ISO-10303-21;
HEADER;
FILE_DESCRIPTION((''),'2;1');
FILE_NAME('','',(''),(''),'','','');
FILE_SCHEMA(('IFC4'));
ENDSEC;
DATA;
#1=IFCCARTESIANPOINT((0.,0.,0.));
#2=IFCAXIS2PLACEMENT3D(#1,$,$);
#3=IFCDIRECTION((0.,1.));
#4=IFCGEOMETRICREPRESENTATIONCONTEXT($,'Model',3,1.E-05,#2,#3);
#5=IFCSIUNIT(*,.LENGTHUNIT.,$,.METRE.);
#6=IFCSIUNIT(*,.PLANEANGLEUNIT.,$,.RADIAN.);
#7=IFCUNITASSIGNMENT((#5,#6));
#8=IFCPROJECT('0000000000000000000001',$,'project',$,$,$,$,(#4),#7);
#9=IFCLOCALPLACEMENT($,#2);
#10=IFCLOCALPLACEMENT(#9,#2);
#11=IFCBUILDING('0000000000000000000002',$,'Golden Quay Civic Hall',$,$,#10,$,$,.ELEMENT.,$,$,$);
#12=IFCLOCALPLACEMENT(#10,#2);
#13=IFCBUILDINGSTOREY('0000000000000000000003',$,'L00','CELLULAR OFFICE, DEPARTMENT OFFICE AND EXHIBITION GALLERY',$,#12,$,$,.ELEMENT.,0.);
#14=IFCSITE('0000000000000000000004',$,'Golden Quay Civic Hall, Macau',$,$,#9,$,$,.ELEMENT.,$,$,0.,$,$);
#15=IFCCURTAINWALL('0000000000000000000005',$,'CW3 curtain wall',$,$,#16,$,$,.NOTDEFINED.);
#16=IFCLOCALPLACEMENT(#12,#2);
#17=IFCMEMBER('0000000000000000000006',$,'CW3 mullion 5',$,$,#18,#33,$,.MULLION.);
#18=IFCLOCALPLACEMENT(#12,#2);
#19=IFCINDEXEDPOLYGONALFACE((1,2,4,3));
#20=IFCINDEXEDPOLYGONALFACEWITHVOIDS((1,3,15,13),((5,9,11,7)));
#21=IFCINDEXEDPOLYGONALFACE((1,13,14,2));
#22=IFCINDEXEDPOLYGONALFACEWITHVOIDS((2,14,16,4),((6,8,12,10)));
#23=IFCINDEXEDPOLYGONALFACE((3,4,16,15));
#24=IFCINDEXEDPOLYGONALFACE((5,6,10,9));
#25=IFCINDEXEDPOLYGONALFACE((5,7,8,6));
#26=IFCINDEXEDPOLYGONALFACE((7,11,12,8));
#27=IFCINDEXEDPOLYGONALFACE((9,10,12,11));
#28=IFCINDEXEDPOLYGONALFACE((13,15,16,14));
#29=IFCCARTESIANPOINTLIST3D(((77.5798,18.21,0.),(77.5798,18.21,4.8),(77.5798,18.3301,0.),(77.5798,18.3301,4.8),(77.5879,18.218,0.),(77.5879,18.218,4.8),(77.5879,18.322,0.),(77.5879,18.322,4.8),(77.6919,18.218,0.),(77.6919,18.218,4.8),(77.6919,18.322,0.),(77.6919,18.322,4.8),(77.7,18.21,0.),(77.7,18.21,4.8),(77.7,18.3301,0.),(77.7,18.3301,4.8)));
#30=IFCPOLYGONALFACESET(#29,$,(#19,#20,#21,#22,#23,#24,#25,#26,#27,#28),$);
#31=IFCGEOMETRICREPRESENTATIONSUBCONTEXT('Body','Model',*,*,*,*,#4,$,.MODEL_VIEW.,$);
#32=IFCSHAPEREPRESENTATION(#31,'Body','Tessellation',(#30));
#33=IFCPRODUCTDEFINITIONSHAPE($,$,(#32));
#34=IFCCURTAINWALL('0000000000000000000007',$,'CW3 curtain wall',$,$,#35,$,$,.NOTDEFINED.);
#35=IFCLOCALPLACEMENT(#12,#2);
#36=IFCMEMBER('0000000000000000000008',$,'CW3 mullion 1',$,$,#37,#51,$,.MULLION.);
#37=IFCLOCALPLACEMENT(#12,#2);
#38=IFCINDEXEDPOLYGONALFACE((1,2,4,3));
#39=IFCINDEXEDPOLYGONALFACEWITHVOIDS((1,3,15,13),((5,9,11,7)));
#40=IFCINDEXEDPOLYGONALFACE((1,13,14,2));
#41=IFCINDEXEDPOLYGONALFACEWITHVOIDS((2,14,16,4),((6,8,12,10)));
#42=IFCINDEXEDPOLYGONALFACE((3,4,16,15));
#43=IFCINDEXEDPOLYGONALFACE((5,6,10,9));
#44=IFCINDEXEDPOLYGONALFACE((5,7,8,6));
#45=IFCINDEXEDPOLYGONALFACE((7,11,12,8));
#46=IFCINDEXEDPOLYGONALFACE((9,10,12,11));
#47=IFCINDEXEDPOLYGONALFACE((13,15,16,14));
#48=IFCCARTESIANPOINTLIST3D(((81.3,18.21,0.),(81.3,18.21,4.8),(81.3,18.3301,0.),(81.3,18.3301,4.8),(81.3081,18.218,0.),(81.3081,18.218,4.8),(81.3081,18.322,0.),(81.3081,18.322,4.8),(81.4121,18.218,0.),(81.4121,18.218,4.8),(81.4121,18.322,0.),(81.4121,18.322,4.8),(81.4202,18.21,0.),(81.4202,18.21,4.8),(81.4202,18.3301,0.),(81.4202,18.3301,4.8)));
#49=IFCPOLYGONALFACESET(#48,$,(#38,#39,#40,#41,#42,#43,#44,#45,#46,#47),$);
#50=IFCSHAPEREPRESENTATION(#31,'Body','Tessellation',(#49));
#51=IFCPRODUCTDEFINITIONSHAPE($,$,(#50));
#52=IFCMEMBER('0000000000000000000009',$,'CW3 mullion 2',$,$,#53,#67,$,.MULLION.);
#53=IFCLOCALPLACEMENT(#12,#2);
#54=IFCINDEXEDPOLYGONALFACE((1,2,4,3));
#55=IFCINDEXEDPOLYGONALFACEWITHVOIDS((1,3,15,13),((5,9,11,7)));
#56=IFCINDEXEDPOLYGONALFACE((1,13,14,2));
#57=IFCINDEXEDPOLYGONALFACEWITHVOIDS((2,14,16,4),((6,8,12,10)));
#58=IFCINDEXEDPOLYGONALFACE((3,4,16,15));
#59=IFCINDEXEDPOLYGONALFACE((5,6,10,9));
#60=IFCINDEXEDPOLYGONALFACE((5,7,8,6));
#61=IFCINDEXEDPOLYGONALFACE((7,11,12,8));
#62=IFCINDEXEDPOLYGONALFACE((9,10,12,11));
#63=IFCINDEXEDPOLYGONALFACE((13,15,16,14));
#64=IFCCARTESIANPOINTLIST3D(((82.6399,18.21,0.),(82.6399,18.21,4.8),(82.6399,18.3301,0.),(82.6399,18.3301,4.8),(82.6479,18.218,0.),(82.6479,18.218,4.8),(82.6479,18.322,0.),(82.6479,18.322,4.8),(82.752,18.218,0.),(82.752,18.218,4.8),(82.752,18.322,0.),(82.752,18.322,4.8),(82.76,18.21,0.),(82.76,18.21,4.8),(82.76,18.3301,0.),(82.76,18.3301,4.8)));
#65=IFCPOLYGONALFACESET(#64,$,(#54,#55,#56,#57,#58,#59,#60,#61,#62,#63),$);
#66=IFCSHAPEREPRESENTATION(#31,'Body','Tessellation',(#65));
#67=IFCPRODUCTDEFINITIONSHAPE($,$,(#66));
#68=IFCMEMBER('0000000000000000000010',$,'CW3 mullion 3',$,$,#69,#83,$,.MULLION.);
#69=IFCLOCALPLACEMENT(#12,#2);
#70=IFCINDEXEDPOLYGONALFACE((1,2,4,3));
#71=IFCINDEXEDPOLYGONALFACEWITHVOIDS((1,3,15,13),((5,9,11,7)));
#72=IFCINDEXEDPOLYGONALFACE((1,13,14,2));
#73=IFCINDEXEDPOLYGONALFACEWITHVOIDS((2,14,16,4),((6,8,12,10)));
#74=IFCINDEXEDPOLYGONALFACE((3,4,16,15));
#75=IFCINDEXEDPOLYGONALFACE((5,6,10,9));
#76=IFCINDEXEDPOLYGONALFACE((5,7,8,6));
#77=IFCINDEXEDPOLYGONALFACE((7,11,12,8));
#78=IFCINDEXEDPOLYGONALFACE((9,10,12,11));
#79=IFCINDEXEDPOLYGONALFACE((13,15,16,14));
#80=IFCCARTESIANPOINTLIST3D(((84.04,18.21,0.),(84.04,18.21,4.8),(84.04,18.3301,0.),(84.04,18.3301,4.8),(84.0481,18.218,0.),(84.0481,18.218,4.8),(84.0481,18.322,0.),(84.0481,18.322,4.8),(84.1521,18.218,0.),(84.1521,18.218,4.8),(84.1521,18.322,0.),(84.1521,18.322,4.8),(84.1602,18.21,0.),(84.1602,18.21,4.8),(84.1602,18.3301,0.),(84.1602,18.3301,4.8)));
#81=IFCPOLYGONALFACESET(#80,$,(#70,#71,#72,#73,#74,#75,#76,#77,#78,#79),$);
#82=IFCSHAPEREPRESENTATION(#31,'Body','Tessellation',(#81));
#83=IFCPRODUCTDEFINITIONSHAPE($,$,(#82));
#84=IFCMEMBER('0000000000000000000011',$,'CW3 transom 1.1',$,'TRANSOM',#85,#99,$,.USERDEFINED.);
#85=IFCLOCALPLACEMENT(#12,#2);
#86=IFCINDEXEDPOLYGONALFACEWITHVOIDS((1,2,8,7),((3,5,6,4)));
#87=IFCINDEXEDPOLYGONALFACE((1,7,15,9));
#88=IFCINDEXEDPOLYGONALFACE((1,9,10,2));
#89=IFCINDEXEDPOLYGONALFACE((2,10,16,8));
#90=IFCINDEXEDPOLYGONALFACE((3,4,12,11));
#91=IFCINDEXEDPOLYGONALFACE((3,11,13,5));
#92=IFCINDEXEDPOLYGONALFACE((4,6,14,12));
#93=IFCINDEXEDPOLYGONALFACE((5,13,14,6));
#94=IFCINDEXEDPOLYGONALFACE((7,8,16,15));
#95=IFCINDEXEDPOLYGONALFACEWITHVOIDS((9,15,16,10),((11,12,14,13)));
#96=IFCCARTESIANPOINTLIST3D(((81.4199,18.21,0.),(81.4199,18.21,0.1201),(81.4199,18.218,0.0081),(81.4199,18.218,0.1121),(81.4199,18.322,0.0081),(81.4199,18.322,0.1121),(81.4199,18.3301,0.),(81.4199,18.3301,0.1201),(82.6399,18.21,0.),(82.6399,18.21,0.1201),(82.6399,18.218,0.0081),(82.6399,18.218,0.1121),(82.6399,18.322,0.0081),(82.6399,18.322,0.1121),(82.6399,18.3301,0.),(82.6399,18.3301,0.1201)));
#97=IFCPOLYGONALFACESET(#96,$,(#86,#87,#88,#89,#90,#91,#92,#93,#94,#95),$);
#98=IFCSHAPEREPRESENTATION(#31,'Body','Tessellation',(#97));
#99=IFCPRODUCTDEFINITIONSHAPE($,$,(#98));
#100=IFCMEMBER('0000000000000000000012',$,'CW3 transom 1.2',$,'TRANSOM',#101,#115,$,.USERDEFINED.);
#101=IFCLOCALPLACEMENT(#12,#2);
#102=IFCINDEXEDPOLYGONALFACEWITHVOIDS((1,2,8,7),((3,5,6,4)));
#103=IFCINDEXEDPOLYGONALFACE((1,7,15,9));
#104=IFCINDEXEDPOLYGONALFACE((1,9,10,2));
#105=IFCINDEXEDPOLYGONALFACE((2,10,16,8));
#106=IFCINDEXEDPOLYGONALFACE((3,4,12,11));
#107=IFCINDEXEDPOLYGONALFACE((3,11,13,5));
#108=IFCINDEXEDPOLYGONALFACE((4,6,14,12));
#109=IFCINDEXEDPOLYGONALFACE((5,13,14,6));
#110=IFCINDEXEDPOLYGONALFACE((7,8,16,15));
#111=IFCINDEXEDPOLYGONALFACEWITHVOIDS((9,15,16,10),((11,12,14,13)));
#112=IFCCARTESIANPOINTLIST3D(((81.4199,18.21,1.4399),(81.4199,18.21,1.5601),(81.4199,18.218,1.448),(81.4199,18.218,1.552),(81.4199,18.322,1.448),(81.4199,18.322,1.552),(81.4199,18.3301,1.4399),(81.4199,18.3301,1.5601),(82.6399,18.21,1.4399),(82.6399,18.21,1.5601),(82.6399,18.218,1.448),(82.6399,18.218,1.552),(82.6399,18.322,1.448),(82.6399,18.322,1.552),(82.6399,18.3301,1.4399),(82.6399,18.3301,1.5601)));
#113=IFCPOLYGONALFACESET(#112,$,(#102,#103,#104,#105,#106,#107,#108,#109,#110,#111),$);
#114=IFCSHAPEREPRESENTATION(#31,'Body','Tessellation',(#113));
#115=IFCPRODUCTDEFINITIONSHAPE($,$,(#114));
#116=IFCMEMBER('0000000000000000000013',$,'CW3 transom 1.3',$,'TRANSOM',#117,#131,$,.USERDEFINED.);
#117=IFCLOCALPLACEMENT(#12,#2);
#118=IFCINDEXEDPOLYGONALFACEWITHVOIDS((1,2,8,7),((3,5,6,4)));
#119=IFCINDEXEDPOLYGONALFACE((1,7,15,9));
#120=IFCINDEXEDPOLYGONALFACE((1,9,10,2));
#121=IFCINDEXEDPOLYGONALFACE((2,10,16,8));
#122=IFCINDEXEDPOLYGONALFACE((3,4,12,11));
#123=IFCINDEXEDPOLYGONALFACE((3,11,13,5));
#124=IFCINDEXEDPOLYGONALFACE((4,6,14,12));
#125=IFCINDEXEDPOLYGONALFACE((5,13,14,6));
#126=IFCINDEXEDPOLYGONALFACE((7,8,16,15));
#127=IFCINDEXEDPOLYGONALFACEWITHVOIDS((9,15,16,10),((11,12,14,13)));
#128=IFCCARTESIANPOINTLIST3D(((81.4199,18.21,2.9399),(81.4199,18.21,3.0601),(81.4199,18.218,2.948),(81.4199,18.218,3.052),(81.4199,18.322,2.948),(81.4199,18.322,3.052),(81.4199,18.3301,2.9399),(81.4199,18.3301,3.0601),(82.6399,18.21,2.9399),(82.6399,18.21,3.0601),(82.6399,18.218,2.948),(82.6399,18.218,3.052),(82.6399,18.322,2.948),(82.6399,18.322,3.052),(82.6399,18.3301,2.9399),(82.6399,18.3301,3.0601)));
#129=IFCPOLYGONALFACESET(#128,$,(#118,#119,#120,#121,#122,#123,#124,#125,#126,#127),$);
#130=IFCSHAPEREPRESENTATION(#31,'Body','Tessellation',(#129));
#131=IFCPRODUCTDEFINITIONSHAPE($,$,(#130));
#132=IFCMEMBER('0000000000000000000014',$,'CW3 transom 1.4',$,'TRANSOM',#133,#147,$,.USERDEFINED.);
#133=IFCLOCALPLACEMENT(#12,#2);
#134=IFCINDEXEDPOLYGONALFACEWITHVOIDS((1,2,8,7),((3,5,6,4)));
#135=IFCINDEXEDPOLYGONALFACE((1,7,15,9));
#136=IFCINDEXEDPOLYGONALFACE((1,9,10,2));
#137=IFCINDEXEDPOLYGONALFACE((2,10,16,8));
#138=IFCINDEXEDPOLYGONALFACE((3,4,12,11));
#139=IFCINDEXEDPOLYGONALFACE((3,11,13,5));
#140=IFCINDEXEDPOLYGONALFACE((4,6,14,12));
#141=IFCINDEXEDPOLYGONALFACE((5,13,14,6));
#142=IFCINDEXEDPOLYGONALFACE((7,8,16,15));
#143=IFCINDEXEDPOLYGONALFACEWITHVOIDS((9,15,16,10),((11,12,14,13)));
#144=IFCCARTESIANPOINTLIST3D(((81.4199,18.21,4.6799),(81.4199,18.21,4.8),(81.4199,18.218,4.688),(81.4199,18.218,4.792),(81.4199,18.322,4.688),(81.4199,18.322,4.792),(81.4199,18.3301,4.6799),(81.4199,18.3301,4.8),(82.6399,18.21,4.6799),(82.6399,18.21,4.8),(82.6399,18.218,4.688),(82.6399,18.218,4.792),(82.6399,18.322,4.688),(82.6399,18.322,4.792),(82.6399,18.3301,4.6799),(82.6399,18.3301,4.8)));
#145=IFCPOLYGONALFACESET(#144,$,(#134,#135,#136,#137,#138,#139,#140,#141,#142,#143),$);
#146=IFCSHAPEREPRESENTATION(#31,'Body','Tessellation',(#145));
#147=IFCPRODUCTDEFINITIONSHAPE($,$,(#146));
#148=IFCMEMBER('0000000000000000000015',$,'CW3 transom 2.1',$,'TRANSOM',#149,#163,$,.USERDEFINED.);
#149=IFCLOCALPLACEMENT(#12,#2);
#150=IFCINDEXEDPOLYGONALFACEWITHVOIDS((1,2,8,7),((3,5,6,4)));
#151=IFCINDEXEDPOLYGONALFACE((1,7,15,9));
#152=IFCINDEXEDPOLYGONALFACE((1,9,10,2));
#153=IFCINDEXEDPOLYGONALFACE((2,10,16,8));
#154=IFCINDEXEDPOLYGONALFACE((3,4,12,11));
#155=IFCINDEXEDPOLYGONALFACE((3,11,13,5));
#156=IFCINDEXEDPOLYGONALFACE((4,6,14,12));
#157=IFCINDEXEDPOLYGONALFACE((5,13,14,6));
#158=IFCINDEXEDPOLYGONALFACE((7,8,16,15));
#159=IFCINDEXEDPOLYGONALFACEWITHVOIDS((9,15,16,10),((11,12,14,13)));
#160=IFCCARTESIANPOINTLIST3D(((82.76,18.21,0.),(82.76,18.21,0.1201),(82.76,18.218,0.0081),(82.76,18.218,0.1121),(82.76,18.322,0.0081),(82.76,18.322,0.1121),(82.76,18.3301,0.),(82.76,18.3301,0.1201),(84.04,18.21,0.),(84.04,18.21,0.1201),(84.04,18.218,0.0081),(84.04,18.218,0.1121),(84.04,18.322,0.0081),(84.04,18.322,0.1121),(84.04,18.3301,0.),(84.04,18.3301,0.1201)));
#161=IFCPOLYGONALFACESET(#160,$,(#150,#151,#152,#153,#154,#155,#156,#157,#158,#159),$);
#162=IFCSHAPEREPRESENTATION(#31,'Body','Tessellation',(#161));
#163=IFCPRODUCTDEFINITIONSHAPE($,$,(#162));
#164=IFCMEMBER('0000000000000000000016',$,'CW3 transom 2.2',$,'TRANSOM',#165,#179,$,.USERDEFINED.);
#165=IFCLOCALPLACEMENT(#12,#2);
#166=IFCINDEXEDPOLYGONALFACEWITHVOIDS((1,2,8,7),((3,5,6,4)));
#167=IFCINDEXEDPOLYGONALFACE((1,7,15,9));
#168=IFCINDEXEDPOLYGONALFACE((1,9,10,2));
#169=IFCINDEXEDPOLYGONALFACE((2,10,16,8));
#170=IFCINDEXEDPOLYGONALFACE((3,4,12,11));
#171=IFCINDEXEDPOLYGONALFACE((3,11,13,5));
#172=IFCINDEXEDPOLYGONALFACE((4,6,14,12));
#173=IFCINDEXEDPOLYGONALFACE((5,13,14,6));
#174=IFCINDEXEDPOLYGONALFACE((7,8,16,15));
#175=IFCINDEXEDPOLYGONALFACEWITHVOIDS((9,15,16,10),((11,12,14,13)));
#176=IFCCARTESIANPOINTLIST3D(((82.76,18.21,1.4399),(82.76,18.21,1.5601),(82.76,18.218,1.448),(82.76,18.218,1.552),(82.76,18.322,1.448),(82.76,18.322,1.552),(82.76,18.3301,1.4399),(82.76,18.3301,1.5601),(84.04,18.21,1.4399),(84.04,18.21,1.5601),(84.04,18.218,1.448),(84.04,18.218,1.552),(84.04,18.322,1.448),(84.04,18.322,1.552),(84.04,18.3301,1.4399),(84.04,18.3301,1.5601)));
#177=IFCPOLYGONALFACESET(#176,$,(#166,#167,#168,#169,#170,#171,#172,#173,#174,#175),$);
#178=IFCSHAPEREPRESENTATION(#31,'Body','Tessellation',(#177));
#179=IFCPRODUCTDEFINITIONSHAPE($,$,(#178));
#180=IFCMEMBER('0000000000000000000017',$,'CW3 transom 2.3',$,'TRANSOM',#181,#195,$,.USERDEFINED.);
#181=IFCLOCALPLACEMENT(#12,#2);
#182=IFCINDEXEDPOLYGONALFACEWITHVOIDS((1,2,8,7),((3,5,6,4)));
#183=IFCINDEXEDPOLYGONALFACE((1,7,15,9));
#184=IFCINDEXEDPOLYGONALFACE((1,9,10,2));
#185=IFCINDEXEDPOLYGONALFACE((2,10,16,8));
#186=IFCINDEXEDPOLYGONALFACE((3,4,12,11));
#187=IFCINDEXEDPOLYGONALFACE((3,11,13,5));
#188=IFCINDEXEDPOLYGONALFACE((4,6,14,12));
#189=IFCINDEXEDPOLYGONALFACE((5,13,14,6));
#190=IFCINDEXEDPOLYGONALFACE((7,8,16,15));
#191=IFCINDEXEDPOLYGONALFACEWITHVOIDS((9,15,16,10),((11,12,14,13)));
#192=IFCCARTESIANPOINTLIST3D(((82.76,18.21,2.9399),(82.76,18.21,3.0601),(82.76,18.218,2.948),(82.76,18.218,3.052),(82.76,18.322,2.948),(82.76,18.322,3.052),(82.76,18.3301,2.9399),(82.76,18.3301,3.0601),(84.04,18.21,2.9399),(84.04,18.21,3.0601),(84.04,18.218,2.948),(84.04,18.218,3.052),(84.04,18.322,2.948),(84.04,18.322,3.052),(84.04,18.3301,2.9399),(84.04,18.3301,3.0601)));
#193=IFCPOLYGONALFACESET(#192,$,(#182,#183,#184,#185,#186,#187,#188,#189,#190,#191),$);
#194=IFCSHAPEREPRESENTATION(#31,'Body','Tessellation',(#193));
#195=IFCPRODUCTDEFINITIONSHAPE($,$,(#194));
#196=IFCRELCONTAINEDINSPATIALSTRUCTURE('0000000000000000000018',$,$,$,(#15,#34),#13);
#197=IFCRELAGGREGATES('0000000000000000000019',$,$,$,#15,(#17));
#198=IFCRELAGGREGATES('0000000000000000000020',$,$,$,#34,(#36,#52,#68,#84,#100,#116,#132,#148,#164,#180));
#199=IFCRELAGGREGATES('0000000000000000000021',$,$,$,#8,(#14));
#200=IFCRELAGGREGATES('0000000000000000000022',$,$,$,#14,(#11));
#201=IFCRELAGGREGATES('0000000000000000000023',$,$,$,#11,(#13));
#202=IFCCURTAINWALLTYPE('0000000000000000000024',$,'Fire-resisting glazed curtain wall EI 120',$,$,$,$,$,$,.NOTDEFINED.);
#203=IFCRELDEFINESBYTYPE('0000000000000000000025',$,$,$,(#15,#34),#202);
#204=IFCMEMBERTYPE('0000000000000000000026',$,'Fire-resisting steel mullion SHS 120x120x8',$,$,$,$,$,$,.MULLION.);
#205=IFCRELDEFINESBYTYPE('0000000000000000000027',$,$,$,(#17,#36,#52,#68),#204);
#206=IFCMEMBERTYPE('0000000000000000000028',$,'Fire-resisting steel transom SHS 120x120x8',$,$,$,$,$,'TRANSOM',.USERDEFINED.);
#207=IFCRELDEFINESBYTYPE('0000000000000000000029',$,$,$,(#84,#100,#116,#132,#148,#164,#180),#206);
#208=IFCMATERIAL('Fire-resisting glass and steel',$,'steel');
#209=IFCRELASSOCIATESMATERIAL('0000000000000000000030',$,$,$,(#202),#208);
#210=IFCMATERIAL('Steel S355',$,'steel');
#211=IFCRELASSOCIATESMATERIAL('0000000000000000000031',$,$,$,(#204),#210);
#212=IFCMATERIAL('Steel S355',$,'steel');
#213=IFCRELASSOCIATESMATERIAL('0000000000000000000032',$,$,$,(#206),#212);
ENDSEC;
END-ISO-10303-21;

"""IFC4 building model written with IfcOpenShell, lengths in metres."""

from ifc_helpers import new_model, si_unit, direction, frame, origin, origin_2d, place, context, subcontext, project, spatial, hollow_rectangle, extrude, material, material_profile, profile_set, type_object, element, aggregate, save


model = new_model("IFC4")

# Units and contexts
model_context = context("Model", 3, precision=1e-05, world=origin(), true_north=direction((0.0, 1.0)))
body_context = subcontext(model_context, "Body", "Model", "MODEL_VIEW")
ifc_project = project(units=[si_unit("LENGTHUNIT", "METRE"), si_unit("PLANEANGLEUNIT", "RADIAN")], contexts=[model_context])

# Site, building, storey
site_placement = place(None, origin())
site = spatial("IfcSite", under=ifc_project, at=site_placement, Name="Golden Quay Civic Hall, Macau", CompositionType="ELEMENT", RefElevation=0.0)
building_placement = place(site_placement, origin())
building = spatial("IfcBuilding", under=site, at=building_placement, Name="Golden Quay Civic Hall", CompositionType="ELEMENT")
storey_placement = place(building_placement, origin())
storey = spatial("IfcBuildingStorey", under=building, at=storey_placement, Name="L00", Description="CELLULAR OFFICE, DEPARTMENT OFFICE AND EXHIBITION GALLERY", CompositionType="ELEMENT", Elevation=0.0)

# Curtain wall, member
ifc_material_1 = material(Name="Fire-resisting glass and steel", Category="steel")
curtain_wall_type = type_object("IfcCurtainWallType", Name="Fire-resisting glazed curtain wall EI 120", PredefinedType="NOTDEFINED", material=ifc_material_1)
curtain_wall_1_placement = place(storey_placement, origin())
curtain_wall_1 = element("IfcCurtainWall", 1, at=curtain_wall_1_placement, inside=storey, type_object=curtain_wall_type, Name="CW3 curtain wall", PredefinedType="NOTDEFINED")
ifc_material_2 = material(Name="Steel S355", Category="steel")
ifc_material_profile_1 = material_profile(ifc_material_2, hollow_rectangle(XDim=0.1201, YDim=0.1201, WallThickness=0.0081, at=origin_2d()), Name="SHS 120x120x8")
ifc_profile_set_1 = profile_set([ifc_material_profile_1], Name="Steel S355")
member_type_1 = type_object("IfcMemberType", Name="Fire-resisting steel mullion SHS 120x120x8", PredefinedType="MULLION", material=ifc_profile_set_1)
member_1_placement = place(storey_placement, frame((77.6399, 18.27, 0.0), z_axis=(0.0, 0.0, 1.0), x_axis=(0.0, 1.0, 0.0)))
member_1 = element("IfcMember", 2, at=member_1_placement, type_object=member_type_1, Name="CW3 mullion 5", PredefinedType="MULLION", context=body_context, shape_type="SweptSolid", body=[
    extrude(hollow_rectangle(XDim=0.1201, YDim=0.1201, WallThickness=0.0081, at=origin_2d()), origin(), (0.0, 0.0, 1.0), 4.8),
])

# Curtain wall, members
curtain_wall_2_placement = place(storey_placement, origin())
curtain_wall_2 = element("IfcCurtainWall", 3, at=curtain_wall_2_placement, inside=storey, type_object=curtain_wall_type, Name="CW3 curtain wall", PredefinedType="NOTDEFINED")
member_2_placement = place(storey_placement, frame((81.3601, 18.27, 0.0), z_axis=(0.0, 0.0, 1.0), x_axis=(0.0, 1.0, 0.0)))
member_2 = element("IfcMember", 4, at=member_2_placement, type_object=member_type_1, Name="CW3 mullion 1", PredefinedType="MULLION", context=body_context, shape_type="SweptSolid", body=[
    extrude(hollow_rectangle(XDim=0.1201, YDim=0.1201, WallThickness=0.0081, at=origin_2d()), origin(), (0.0, 0.0, 1.0), 4.8),
])
member_3_placement = place(storey_placement, frame((82.7, 18.27, 0.0), z_axis=(0.0, 0.0, 1.0), x_axis=(0.0, 1.0, 0.0)))
member_3 = element("IfcMember", 5, at=member_3_placement, type_object=member_type_1, Name="CW3 mullion 2", PredefinedType="MULLION", context=body_context, shape_type="SweptSolid", body=[
    extrude(hollow_rectangle(XDim=0.1201, YDim=0.1201, WallThickness=0.0081, at=origin_2d()), origin(), (0.0, 0.0, 1.0), 4.8),
])
member_4_placement = place(storey_placement, frame((84.1001, 18.27, 0.0), z_axis=(0.0, 0.0, 1.0), x_axis=(0.0, 1.0, 0.0)))
member_4 = element("IfcMember", 6, at=member_4_placement, type_object=member_type_1, Name="CW3 mullion 3", PredefinedType="MULLION", context=body_context, shape_type="SweptSolid", body=[
    extrude(hollow_rectangle(XDim=0.1201, YDim=0.1201, WallThickness=0.0081, at=origin_2d()), origin(), (0.0, 0.0, 1.0), 4.8),
])
ifc_material_3 = material(Name="Steel S355", Category="steel")
ifc_material_profile_2 = material_profile(ifc_material_3, hollow_rectangle(XDim=0.1201, YDim=0.1201, WallThickness=0.0081, at=origin_2d()), Name="SHS 120x120x8")
ifc_profile_set_2 = profile_set([ifc_material_profile_2], Name="Steel S355")
member_type_2 = type_object("IfcMemberType", Name="Fire-resisting steel transom SHS 120x120x8", ElementType="TRANSOM", PredefinedType="USERDEFINED", material=ifc_profile_set_2)
member_5_placement = place(storey_placement, frame((81.4199, 18.27, 0.0601), z_axis=(1.0, 0.0, 0.0), x_axis=(0.0, 1.0, 0.0)))
member_5 = element("IfcMember", 7, at=member_5_placement, type_object=member_type_2, Name="CW3 transom 1.1", ObjectType="TRANSOM", PredefinedType="USERDEFINED", context=body_context, shape_type="SweptSolid", body=[
    extrude(hollow_rectangle(XDim=0.1201, YDim=0.1201, WallThickness=0.0081, at=origin_2d()), origin(), (0.0, 0.0, 1.0), 1.22),
])
member_6_placement = place(storey_placement, frame((81.4199, 18.27, 1.5), z_axis=(1.0, 0.0, 0.0), x_axis=(0.0, 1.0, 0.0)))
member_6 = element("IfcMember", 8, at=member_6_placement, type_object=member_type_2, Name="CW3 transom 1.2", ObjectType="TRANSOM", PredefinedType="USERDEFINED", context=body_context, shape_type="SweptSolid", body=[
    extrude(hollow_rectangle(XDim=0.1201, YDim=0.1201, WallThickness=0.0081, at=origin_2d()), origin(), (0.0, 0.0, 1.0), 1.22),
])
member_7_placement = place(storey_placement, frame((81.4199, 18.27, 3.0), z_axis=(1.0, 0.0, 0.0), x_axis=(0.0, 1.0, 0.0)))
member_7 = element("IfcMember", 9, at=member_7_placement, type_object=member_type_2, Name="CW3 transom 1.3", ObjectType="TRANSOM", PredefinedType="USERDEFINED", context=body_context, shape_type="SweptSolid", body=[
    extrude(hollow_rectangle(XDim=0.1201, YDim=0.1201, WallThickness=0.0081, at=origin_2d()), origin(), (0.0, 0.0, 1.0), 1.22),
])
member_8_placement = place(storey_placement, frame((81.4199, 18.27, 4.74), z_axis=(1.0, 0.0, 0.0), x_axis=(0.0, 1.0, 0.0)))
member_8 = element("IfcMember", 10, at=member_8_placement, type_object=member_type_2, Name="CW3 transom 1.4", ObjectType="TRANSOM", PredefinedType="USERDEFINED", context=body_context, shape_type="SweptSolid", body=[
    extrude(hollow_rectangle(XDim=0.1201, YDim=0.1201, WallThickness=0.0081, at=origin_2d()), origin(), (0.0, 0.0, 1.0), 1.22),
])
member_9_placement = place(storey_placement, frame((82.76, 18.27, 0.0601), z_axis=(1.0, 0.0, 0.0), x_axis=(0.0, 1.0, 0.0)))
member_9 = element("IfcMember", 11, at=member_9_placement, type_object=member_type_2, Name="CW3 transom 2.1", ObjectType="TRANSOM", PredefinedType="USERDEFINED", context=body_context, shape_type="SweptSolid", body=[
    extrude(hollow_rectangle(XDim=0.1201, YDim=0.1201, WallThickness=0.0081, at=origin_2d()), origin(), (0.0, 0.0, 1.0), 1.28),
])
member_10_placement = place(storey_placement, frame((82.76, 18.27, 1.5), z_axis=(1.0, 0.0, 0.0), x_axis=(0.0, 1.0, 0.0)))
member_10 = element("IfcMember", 12, at=member_10_placement, type_object=member_type_2, Name="CW3 transom 2.2", ObjectType="TRANSOM", PredefinedType="USERDEFINED", context=body_context, shape_type="SweptSolid", body=[
    extrude(hollow_rectangle(XDim=0.1201, YDim=0.1201, WallThickness=0.0081, at=origin_2d()), origin(), (0.0, 0.0, 1.0), 1.28),
])
member_11_placement = place(storey_placement, frame((82.76, 18.27, 3.0), z_axis=(1.0, 0.0, 0.0), x_axis=(0.0, 1.0, 0.0)))
member_11 = element("IfcMember", 13, at=member_11_placement, type_object=member_type_2, Name="CW3 transom 2.3", ObjectType="TRANSOM", PredefinedType="USERDEFINED", context=body_context, shape_type="SweptSolid", body=[
    extrude(hollow_rectangle(XDim=0.1201, YDim=0.1201, WallThickness=0.0081, at=origin_2d()), origin(), (0.0, 0.0, 1.0), 1.28),
])

aggregate(curtain_wall_1, [member_1])
aggregate(curtain_wall_2, [member_2, member_3, member_4, member_5, member_6, member_7, member_8, member_9, member_10, member_11])

save(model, "model.ifc")
